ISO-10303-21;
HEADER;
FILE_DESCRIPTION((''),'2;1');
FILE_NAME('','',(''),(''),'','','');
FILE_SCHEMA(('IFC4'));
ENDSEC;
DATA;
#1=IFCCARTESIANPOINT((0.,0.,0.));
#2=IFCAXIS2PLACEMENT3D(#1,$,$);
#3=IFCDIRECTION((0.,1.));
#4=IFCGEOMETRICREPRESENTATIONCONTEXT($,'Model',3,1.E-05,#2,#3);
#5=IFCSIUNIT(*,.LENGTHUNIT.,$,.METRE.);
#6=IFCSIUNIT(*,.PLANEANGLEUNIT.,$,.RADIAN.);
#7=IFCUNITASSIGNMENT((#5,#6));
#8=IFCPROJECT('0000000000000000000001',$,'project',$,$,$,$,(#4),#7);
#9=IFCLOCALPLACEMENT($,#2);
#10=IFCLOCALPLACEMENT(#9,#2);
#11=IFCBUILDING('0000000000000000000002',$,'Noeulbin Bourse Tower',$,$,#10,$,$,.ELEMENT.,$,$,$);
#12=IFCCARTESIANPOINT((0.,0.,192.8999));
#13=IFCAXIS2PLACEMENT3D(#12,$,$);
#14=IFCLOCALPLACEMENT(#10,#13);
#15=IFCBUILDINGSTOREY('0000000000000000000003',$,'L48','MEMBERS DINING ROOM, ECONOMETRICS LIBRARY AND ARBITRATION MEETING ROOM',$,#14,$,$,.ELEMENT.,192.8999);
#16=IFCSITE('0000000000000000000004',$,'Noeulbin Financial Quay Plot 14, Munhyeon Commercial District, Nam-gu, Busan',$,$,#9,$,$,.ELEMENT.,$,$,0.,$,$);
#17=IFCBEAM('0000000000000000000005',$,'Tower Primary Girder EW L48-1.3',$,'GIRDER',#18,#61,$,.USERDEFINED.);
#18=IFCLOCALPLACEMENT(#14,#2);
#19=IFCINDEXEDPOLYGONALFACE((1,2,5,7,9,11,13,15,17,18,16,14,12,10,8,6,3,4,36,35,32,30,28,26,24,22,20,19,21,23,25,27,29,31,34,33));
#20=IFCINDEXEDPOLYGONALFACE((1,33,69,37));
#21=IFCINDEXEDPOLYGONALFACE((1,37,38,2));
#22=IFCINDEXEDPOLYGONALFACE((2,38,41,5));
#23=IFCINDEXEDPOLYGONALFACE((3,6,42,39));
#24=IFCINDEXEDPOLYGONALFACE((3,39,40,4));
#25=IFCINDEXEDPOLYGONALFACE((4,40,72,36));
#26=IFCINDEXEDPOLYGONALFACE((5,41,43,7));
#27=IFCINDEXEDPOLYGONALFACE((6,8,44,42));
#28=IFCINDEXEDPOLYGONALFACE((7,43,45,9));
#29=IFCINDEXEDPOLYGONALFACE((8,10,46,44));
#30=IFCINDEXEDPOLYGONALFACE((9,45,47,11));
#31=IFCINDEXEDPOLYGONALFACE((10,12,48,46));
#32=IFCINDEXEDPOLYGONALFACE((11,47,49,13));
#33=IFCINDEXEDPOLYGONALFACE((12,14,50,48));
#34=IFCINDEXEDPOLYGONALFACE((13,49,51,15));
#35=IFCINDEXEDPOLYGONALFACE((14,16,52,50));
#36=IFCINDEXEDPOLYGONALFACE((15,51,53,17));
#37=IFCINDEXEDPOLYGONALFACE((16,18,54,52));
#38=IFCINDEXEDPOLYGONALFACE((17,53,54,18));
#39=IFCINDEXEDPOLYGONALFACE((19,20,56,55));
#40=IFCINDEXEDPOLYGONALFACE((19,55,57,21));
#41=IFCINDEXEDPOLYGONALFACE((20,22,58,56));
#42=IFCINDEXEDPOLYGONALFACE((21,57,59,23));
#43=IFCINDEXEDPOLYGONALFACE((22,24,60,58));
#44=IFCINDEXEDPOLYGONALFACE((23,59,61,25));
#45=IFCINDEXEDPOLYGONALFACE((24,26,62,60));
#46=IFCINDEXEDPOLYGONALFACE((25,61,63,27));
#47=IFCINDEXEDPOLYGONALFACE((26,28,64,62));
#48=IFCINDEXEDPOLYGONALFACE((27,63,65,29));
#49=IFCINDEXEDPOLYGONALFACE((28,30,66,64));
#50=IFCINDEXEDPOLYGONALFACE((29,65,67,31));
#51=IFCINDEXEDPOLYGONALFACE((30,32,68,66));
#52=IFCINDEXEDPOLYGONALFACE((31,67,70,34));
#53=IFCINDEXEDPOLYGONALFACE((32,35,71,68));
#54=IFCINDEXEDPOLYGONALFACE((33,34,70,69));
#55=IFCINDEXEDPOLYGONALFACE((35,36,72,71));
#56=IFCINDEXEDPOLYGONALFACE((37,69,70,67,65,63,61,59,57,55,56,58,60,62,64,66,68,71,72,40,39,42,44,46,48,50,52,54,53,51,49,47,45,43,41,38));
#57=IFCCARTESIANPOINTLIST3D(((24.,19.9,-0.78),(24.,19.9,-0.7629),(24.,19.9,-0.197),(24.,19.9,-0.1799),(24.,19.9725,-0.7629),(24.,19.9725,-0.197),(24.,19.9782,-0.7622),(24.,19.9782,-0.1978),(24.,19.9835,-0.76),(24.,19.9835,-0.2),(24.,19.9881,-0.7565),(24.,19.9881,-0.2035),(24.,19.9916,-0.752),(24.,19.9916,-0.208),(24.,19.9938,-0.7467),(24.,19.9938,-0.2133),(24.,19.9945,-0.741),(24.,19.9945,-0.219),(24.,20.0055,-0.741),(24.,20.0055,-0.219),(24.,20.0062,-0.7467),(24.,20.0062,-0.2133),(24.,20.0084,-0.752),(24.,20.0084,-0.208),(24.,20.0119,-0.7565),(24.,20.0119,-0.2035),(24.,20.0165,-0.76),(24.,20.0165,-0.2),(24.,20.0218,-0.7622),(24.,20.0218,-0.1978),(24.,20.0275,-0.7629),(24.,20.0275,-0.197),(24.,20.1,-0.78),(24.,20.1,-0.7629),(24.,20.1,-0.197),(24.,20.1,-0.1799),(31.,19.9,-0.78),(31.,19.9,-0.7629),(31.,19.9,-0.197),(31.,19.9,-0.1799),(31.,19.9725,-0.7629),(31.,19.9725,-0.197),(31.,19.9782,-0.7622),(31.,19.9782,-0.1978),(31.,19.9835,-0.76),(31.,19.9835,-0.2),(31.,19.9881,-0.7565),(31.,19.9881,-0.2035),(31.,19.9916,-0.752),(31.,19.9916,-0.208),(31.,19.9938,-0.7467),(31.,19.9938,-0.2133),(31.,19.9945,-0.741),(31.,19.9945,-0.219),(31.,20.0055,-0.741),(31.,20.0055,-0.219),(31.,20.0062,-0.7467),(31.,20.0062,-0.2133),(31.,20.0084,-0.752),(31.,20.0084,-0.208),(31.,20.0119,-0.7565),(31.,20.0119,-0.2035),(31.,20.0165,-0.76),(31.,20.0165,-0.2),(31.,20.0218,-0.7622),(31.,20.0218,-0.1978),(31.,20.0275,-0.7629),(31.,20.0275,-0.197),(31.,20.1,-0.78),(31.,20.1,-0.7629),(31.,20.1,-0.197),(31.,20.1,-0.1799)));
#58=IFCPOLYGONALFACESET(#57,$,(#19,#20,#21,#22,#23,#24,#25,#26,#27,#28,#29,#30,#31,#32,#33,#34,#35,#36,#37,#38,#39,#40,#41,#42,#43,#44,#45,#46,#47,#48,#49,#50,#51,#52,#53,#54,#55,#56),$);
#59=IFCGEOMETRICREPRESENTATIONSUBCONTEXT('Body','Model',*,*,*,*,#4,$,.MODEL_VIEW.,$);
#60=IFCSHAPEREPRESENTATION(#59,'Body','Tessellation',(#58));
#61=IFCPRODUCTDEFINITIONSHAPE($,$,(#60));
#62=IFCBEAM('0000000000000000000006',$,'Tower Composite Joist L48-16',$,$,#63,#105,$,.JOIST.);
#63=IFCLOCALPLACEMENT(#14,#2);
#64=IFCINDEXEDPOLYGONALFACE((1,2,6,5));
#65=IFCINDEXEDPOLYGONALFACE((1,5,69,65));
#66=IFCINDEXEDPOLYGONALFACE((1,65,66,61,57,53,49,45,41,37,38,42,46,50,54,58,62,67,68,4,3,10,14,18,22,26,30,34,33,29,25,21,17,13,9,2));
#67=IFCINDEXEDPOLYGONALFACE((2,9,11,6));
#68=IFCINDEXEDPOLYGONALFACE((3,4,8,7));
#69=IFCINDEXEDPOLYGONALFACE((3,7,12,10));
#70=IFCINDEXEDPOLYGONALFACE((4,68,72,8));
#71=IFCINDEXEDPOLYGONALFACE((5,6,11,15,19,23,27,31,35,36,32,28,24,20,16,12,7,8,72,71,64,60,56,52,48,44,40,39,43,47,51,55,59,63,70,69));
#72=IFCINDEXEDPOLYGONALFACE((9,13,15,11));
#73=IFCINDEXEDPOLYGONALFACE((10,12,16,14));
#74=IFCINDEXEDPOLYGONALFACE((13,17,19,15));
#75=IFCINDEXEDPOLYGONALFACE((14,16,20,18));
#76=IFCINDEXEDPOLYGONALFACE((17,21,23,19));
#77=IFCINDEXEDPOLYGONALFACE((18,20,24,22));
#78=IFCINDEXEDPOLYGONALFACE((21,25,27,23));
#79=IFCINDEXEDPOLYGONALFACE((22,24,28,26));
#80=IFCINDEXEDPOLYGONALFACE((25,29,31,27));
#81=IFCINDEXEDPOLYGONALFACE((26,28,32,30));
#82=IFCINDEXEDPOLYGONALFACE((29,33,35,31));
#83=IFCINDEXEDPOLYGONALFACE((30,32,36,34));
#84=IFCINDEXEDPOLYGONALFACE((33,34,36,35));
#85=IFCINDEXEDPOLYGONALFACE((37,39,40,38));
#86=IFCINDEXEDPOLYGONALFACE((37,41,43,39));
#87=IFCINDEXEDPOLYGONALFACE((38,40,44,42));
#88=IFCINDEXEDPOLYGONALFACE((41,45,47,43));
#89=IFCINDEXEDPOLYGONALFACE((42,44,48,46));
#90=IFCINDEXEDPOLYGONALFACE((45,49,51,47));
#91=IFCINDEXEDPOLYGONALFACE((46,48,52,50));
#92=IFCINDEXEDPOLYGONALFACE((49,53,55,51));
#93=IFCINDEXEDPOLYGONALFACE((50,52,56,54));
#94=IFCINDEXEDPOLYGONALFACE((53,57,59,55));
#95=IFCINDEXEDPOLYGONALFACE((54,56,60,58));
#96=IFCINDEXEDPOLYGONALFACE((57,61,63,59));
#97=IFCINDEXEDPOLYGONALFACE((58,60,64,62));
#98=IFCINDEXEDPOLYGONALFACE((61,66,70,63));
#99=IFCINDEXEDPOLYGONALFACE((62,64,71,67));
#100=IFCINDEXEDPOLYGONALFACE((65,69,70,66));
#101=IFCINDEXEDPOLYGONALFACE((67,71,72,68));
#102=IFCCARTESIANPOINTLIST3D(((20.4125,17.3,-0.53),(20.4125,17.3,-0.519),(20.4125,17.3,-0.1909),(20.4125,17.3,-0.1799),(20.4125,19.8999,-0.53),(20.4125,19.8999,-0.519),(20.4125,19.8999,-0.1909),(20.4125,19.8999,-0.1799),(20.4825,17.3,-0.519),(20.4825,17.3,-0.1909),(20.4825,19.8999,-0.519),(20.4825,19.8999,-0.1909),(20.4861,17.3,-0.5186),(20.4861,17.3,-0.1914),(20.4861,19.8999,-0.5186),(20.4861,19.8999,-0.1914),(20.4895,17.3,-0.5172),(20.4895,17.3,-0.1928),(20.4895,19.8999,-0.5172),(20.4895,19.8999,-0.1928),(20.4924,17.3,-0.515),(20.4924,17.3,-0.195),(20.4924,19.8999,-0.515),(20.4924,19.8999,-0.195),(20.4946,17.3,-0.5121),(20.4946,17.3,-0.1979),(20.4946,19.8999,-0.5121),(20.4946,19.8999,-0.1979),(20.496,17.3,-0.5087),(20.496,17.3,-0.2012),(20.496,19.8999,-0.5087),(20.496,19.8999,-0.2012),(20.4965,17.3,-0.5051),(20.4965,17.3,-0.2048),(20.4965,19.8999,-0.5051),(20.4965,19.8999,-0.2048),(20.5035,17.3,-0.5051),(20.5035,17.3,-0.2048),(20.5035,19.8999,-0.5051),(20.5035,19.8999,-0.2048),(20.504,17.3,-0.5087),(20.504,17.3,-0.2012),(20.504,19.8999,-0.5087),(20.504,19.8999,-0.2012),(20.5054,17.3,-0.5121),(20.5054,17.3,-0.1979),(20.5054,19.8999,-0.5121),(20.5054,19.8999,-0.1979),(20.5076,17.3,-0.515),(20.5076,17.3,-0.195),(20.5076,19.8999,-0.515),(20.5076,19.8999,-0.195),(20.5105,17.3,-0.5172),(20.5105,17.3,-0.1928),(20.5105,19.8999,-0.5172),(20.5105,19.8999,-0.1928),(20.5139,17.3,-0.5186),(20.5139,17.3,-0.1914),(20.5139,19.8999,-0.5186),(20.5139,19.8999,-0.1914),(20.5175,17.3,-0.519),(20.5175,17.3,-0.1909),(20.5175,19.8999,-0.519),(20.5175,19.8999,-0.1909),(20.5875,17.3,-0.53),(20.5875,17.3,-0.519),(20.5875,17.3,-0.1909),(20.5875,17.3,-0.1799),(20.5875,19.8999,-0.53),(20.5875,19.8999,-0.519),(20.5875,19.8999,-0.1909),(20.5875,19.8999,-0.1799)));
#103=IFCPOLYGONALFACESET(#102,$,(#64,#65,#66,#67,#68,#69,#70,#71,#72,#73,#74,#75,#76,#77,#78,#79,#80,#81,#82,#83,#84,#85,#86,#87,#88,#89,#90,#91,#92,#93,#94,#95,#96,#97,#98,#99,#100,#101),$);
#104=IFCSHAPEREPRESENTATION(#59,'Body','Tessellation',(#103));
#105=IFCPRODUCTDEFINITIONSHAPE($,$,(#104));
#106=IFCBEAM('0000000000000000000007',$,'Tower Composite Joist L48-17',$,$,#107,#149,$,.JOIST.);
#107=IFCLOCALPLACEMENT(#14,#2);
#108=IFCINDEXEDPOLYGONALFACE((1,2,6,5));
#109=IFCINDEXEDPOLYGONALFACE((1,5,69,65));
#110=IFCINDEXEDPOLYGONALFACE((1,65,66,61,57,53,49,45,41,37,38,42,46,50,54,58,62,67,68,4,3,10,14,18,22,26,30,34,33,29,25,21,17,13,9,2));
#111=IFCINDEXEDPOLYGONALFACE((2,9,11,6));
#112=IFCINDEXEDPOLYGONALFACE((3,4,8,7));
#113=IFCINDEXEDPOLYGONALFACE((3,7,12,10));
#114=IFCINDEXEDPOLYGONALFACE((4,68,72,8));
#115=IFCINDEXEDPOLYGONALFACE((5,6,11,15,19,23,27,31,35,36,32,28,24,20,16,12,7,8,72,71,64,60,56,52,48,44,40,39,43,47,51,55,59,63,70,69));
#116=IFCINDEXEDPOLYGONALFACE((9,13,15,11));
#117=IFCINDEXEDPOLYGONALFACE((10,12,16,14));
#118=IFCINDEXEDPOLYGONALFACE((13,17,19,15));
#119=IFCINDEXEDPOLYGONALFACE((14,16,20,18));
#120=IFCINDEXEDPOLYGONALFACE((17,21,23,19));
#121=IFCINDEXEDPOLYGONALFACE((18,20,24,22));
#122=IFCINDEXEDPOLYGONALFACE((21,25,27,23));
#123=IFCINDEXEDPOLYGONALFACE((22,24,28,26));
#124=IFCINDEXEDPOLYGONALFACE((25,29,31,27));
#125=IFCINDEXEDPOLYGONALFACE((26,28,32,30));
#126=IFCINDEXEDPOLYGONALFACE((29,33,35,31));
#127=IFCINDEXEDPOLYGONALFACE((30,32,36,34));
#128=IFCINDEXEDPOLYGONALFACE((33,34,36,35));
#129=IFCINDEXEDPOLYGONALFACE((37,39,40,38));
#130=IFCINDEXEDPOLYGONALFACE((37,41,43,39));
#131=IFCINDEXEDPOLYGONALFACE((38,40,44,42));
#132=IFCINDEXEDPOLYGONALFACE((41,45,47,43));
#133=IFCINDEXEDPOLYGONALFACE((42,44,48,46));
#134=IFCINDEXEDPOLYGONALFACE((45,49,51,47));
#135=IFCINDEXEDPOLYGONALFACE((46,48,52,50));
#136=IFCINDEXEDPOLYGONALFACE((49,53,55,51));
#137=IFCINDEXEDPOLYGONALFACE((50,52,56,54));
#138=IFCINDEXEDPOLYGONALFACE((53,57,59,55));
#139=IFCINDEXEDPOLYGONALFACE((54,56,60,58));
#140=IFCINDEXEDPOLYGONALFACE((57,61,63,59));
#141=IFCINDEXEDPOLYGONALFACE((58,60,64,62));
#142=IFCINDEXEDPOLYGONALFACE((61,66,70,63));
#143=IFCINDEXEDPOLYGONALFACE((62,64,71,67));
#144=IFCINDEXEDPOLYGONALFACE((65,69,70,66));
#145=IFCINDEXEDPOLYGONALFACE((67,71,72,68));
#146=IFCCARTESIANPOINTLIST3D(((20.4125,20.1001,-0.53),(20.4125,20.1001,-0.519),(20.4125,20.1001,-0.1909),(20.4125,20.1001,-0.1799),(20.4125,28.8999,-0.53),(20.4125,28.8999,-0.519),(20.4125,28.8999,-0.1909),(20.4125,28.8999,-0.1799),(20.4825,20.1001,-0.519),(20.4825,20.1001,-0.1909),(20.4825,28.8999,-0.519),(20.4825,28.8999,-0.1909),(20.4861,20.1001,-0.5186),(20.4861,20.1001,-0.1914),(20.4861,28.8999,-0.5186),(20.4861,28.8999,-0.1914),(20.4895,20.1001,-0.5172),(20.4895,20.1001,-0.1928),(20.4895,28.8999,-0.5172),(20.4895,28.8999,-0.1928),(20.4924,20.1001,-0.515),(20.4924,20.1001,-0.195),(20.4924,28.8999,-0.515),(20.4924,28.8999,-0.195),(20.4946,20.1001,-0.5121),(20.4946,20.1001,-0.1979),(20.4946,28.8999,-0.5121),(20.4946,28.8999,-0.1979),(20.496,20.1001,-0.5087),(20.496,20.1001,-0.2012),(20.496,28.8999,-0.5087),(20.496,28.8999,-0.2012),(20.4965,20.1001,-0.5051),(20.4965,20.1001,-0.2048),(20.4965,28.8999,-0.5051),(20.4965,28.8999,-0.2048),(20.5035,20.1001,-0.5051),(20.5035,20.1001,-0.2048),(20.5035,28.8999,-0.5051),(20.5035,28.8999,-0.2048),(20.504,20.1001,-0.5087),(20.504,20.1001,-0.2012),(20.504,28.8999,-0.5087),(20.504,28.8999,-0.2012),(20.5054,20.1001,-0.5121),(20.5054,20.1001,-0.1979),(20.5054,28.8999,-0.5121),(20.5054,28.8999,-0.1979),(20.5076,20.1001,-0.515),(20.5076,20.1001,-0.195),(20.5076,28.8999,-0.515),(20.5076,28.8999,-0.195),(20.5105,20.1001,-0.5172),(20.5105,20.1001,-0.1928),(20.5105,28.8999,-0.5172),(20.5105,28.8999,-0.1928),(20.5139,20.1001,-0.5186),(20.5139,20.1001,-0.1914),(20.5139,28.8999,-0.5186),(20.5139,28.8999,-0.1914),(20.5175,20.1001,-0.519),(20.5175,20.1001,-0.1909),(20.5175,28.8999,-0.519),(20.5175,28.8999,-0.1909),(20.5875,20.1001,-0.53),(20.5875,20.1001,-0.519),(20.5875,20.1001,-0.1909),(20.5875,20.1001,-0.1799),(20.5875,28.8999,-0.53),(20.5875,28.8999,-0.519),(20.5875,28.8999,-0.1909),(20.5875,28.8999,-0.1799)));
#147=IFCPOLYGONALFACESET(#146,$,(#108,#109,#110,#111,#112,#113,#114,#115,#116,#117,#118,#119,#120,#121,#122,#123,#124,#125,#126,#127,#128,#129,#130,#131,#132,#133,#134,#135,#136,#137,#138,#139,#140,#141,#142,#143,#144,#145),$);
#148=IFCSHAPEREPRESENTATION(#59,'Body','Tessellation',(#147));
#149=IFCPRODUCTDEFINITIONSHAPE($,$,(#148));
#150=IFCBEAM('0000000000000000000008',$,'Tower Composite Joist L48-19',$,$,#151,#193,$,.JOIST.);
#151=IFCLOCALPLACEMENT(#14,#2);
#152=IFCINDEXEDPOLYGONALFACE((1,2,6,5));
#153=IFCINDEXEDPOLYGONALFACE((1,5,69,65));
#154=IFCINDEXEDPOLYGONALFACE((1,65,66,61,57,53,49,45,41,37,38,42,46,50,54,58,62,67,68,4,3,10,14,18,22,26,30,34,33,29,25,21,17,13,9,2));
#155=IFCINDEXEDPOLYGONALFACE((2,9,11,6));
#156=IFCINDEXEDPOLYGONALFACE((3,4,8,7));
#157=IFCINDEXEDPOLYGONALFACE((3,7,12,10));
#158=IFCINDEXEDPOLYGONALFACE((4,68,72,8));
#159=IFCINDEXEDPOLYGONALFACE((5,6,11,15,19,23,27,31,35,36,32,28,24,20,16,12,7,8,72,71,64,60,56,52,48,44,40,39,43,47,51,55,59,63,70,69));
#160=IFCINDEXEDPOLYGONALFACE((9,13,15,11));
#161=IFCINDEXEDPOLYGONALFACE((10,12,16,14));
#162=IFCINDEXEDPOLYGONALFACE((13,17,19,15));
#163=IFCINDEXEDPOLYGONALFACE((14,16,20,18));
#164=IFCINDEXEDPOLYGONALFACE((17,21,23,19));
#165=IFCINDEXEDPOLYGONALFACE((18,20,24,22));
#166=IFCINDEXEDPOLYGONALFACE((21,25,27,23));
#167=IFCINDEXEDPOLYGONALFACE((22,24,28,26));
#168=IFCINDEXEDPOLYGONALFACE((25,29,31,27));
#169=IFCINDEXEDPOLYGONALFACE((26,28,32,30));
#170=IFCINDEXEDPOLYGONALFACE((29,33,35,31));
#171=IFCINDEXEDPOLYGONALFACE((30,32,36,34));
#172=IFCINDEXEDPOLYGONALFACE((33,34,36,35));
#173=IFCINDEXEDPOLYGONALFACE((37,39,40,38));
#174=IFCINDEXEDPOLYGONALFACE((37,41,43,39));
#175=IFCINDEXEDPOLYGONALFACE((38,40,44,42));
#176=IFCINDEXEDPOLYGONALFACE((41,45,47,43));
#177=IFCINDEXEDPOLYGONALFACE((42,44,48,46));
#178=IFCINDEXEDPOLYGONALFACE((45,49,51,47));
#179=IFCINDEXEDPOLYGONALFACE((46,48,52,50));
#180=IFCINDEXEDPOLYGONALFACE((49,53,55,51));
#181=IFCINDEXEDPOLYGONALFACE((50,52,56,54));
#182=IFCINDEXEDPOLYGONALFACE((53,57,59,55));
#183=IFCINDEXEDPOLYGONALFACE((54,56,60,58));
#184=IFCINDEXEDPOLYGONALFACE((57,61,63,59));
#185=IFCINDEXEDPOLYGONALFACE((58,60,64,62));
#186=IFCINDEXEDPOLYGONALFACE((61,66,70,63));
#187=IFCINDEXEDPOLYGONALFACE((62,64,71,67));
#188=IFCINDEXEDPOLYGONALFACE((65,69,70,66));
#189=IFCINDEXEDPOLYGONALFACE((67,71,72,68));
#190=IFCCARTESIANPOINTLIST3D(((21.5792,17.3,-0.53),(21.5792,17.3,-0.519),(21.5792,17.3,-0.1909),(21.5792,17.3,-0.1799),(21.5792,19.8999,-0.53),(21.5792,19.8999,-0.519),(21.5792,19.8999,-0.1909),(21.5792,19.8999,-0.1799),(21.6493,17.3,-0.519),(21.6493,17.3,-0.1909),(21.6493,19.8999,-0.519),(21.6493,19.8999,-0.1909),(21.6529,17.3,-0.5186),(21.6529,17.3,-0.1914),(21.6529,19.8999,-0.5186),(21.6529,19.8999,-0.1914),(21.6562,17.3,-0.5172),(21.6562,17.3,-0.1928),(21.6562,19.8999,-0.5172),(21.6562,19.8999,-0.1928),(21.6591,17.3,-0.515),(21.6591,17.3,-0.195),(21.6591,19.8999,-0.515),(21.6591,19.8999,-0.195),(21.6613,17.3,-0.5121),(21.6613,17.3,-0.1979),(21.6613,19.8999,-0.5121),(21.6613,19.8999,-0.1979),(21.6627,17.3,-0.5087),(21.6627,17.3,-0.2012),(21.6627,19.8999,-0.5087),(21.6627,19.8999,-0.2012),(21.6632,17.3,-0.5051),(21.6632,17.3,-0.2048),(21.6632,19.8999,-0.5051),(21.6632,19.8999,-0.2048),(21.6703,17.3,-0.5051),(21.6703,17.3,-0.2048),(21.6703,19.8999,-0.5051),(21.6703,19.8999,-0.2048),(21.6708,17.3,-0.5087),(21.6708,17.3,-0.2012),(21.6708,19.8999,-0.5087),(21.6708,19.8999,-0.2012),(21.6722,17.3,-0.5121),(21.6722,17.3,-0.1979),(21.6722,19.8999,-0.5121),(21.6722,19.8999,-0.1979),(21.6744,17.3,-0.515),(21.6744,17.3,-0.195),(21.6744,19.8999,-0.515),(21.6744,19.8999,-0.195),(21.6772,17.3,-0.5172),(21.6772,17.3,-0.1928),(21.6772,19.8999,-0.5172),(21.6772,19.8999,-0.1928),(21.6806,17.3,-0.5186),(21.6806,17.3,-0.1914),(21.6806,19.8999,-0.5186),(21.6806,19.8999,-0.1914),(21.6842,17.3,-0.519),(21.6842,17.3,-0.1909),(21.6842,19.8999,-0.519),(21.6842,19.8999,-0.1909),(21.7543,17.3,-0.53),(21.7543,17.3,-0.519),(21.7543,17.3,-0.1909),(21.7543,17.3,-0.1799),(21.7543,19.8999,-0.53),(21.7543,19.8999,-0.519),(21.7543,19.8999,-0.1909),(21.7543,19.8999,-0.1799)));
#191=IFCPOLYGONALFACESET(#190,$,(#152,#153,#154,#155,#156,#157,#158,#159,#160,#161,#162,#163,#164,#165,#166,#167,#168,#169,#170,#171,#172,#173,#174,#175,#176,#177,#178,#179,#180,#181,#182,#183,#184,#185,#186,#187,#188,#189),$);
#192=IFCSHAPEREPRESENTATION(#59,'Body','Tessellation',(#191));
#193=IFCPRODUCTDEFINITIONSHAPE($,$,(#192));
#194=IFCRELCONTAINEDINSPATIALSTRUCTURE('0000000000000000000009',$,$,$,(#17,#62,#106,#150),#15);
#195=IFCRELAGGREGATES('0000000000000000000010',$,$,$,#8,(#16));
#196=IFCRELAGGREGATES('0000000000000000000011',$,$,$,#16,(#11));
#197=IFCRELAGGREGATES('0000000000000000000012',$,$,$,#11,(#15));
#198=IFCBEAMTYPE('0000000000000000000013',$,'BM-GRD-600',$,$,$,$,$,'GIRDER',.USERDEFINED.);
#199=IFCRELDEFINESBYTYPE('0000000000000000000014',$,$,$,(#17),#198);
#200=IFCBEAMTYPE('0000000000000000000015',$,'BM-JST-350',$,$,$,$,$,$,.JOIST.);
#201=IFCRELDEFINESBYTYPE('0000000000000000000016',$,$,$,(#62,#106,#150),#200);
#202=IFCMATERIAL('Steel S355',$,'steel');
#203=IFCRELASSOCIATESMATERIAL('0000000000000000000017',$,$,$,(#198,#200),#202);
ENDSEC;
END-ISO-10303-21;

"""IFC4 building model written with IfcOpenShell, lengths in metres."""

from ifc_helpers import new_model, si_unit, direction, frame, origin, origin_2d, place, context, subcontext, project, spatial, i_section, extrude, material, material_profile, profile_set, type_object, element, save


model = new_model("IFC4")

# Units and contexts
model_context = context("Model", 3, precision=1e-05, world=origin(), true_north=direction((0.0, 1.0)))
body_context = subcontext(model_context, "Body", "Model", "MODEL_VIEW")
ifc_project = project(units=[si_unit("LENGTHUNIT", "METRE"), si_unit("PLANEANGLEUNIT", "RADIAN")], contexts=[model_context])

# Site, building, storey
site_placement = place(None, origin())
site = spatial("IfcSite", under=ifc_project, at=site_placement, Name="Noeulbin Financial Quay Plot 14, Munhyeon Commercial District, Nam-gu, Busan", CompositionType="ELEMENT", RefElevation=0.0)
building_placement = place(site_placement, origin())
building = spatial("IfcBuilding", under=site, at=building_placement, Name="Noeulbin Bourse Tower", CompositionType="ELEMENT")
storey_placement = place(building_placement, frame((0.0, 0.0, 192.8999)))
storey = spatial("IfcBuildingStorey", under=building, at=storey_placement, Name="L48", Description="MEMBERS DINING ROOM, ECONOMETRICS LIBRARY AND ARBITRATION MEETING ROOM", CompositionType="ELEMENT", Elevation=192.8999)

# Shared definitions
ifc_material_1 = material(Name="Steel S355", Category="steel")

# Beams
ifc_material_profile_1 = material_profile(ifc_material_1, i_section(OverallWidth=0.2, OverallDepth=0.6001, WebThickness=0.011, FlangeThickness=0.0171, FilletRadius=0.022, at=origin_2d()), Name="H-600x200x11x17", Category="LoadBearing")
ifc_profile_set_1 = profile_set([ifc_material_profile_1], Name="Steel S355")
beam_type_1 = type_object("IfcBeamType", Name="BM-GRD-600", ElementType="GIRDER", PredefinedType="USERDEFINED", material=ifc_profile_set_1)
beam_1_placement = place(storey_placement, frame((24.0, 20.0, -0.48), z_axis=(1.0, 0.0, 0.0), x_axis=(0.0, 1.0, 0.0)))
element("IfcBeam", 1, at=beam_1_placement, inside=storey, type_object=beam_type_1, Name="Tower Primary Girder EW L48-1.3", ObjectType="GIRDER", PredefinedType="USERDEFINED", context=body_context, shape_type="SweptSolid", body=[
    extrude(i_section(OverallWidth=0.2, OverallDepth=0.6001, WebThickness=0.011, FlangeThickness=0.0171, FilletRadius=0.022, at=origin_2d()), origin(), (0.0, 0.0, 1.0), 7.0),
])
ifc_material_profile_2 = material_profile(ifc_material_1, i_section(OverallWidth=0.175, OverallDepth=0.3501, WebThickness=0.0071, FlangeThickness=0.011, FilletRadius=0.0139, at=origin_2d()), Name="H-350x175x7x11", Category="LoadBearing")
ifc_profile_set_2 = profile_set([ifc_material_profile_2], Name="Steel S355")
beam_type_2 = type_object("IfcBeamType", Name="BM-JST-350", PredefinedType="JOIST", material=ifc_profile_set_2)
beam_2_placement = place(storey_placement, frame((20.5, 17.3, -0.355), z_axis=(0.0, 1.0, 0.0), x_axis=(-1.0, 0.0, 0.0)))
element("IfcBeam", 2, at=beam_2_placement, inside=storey, type_object=beam_type_2, Name="Tower Composite Joist L48-16", PredefinedType="JOIST", context=body_context, shape_type="SweptSolid", body=[
    extrude(i_section(OverallWidth=0.175, OverallDepth=0.3501, WebThickness=0.0071, FlangeThickness=0.011, FilletRadius=0.0139, at=origin_2d()), origin(), (0.0, 0.0, 1.0), 2.5999),
])
beam_3_placement = place(storey_placement, frame((20.5, 20.1001, -0.355), z_axis=(0.0, 1.0, 0.0), x_axis=(-1.0, 0.0, 0.0)))
element("IfcBeam", 3, at=beam_3_placement, inside=storey, type_object=beam_type_2, Name="Tower Composite Joist L48-17", PredefinedType="JOIST", context=body_context, shape_type="SweptSolid", body=[
    extrude(i_section(OverallWidth=0.175, OverallDepth=0.3501, WebThickness=0.0071, FlangeThickness=0.011, FilletRadius=0.0139, at=origin_2d()), origin(), (0.0, 0.0, 1.0), 8.7998),
])
beam_4_placement = place(storey_placement, frame((21.6667, 17.3, -0.355), z_axis=(0.0, 1.0, 0.0), x_axis=(-1.0, 0.0, 0.0)))
element("IfcBeam", 4, at=beam_4_placement, inside=storey, type_object=beam_type_2, Name="Tower Composite Joist L48-19", PredefinedType="JOIST", context=body_context, shape_type="SweptSolid", body=[
    extrude(i_section(OverallWidth=0.175, OverallDepth=0.3501, WebThickness=0.0071, FlangeThickness=0.011, FilletRadius=0.0139, at=origin_2d()), origin(), (0.0, 0.0, 1.0), 2.5999),
])

save(model, "model.ifc")
